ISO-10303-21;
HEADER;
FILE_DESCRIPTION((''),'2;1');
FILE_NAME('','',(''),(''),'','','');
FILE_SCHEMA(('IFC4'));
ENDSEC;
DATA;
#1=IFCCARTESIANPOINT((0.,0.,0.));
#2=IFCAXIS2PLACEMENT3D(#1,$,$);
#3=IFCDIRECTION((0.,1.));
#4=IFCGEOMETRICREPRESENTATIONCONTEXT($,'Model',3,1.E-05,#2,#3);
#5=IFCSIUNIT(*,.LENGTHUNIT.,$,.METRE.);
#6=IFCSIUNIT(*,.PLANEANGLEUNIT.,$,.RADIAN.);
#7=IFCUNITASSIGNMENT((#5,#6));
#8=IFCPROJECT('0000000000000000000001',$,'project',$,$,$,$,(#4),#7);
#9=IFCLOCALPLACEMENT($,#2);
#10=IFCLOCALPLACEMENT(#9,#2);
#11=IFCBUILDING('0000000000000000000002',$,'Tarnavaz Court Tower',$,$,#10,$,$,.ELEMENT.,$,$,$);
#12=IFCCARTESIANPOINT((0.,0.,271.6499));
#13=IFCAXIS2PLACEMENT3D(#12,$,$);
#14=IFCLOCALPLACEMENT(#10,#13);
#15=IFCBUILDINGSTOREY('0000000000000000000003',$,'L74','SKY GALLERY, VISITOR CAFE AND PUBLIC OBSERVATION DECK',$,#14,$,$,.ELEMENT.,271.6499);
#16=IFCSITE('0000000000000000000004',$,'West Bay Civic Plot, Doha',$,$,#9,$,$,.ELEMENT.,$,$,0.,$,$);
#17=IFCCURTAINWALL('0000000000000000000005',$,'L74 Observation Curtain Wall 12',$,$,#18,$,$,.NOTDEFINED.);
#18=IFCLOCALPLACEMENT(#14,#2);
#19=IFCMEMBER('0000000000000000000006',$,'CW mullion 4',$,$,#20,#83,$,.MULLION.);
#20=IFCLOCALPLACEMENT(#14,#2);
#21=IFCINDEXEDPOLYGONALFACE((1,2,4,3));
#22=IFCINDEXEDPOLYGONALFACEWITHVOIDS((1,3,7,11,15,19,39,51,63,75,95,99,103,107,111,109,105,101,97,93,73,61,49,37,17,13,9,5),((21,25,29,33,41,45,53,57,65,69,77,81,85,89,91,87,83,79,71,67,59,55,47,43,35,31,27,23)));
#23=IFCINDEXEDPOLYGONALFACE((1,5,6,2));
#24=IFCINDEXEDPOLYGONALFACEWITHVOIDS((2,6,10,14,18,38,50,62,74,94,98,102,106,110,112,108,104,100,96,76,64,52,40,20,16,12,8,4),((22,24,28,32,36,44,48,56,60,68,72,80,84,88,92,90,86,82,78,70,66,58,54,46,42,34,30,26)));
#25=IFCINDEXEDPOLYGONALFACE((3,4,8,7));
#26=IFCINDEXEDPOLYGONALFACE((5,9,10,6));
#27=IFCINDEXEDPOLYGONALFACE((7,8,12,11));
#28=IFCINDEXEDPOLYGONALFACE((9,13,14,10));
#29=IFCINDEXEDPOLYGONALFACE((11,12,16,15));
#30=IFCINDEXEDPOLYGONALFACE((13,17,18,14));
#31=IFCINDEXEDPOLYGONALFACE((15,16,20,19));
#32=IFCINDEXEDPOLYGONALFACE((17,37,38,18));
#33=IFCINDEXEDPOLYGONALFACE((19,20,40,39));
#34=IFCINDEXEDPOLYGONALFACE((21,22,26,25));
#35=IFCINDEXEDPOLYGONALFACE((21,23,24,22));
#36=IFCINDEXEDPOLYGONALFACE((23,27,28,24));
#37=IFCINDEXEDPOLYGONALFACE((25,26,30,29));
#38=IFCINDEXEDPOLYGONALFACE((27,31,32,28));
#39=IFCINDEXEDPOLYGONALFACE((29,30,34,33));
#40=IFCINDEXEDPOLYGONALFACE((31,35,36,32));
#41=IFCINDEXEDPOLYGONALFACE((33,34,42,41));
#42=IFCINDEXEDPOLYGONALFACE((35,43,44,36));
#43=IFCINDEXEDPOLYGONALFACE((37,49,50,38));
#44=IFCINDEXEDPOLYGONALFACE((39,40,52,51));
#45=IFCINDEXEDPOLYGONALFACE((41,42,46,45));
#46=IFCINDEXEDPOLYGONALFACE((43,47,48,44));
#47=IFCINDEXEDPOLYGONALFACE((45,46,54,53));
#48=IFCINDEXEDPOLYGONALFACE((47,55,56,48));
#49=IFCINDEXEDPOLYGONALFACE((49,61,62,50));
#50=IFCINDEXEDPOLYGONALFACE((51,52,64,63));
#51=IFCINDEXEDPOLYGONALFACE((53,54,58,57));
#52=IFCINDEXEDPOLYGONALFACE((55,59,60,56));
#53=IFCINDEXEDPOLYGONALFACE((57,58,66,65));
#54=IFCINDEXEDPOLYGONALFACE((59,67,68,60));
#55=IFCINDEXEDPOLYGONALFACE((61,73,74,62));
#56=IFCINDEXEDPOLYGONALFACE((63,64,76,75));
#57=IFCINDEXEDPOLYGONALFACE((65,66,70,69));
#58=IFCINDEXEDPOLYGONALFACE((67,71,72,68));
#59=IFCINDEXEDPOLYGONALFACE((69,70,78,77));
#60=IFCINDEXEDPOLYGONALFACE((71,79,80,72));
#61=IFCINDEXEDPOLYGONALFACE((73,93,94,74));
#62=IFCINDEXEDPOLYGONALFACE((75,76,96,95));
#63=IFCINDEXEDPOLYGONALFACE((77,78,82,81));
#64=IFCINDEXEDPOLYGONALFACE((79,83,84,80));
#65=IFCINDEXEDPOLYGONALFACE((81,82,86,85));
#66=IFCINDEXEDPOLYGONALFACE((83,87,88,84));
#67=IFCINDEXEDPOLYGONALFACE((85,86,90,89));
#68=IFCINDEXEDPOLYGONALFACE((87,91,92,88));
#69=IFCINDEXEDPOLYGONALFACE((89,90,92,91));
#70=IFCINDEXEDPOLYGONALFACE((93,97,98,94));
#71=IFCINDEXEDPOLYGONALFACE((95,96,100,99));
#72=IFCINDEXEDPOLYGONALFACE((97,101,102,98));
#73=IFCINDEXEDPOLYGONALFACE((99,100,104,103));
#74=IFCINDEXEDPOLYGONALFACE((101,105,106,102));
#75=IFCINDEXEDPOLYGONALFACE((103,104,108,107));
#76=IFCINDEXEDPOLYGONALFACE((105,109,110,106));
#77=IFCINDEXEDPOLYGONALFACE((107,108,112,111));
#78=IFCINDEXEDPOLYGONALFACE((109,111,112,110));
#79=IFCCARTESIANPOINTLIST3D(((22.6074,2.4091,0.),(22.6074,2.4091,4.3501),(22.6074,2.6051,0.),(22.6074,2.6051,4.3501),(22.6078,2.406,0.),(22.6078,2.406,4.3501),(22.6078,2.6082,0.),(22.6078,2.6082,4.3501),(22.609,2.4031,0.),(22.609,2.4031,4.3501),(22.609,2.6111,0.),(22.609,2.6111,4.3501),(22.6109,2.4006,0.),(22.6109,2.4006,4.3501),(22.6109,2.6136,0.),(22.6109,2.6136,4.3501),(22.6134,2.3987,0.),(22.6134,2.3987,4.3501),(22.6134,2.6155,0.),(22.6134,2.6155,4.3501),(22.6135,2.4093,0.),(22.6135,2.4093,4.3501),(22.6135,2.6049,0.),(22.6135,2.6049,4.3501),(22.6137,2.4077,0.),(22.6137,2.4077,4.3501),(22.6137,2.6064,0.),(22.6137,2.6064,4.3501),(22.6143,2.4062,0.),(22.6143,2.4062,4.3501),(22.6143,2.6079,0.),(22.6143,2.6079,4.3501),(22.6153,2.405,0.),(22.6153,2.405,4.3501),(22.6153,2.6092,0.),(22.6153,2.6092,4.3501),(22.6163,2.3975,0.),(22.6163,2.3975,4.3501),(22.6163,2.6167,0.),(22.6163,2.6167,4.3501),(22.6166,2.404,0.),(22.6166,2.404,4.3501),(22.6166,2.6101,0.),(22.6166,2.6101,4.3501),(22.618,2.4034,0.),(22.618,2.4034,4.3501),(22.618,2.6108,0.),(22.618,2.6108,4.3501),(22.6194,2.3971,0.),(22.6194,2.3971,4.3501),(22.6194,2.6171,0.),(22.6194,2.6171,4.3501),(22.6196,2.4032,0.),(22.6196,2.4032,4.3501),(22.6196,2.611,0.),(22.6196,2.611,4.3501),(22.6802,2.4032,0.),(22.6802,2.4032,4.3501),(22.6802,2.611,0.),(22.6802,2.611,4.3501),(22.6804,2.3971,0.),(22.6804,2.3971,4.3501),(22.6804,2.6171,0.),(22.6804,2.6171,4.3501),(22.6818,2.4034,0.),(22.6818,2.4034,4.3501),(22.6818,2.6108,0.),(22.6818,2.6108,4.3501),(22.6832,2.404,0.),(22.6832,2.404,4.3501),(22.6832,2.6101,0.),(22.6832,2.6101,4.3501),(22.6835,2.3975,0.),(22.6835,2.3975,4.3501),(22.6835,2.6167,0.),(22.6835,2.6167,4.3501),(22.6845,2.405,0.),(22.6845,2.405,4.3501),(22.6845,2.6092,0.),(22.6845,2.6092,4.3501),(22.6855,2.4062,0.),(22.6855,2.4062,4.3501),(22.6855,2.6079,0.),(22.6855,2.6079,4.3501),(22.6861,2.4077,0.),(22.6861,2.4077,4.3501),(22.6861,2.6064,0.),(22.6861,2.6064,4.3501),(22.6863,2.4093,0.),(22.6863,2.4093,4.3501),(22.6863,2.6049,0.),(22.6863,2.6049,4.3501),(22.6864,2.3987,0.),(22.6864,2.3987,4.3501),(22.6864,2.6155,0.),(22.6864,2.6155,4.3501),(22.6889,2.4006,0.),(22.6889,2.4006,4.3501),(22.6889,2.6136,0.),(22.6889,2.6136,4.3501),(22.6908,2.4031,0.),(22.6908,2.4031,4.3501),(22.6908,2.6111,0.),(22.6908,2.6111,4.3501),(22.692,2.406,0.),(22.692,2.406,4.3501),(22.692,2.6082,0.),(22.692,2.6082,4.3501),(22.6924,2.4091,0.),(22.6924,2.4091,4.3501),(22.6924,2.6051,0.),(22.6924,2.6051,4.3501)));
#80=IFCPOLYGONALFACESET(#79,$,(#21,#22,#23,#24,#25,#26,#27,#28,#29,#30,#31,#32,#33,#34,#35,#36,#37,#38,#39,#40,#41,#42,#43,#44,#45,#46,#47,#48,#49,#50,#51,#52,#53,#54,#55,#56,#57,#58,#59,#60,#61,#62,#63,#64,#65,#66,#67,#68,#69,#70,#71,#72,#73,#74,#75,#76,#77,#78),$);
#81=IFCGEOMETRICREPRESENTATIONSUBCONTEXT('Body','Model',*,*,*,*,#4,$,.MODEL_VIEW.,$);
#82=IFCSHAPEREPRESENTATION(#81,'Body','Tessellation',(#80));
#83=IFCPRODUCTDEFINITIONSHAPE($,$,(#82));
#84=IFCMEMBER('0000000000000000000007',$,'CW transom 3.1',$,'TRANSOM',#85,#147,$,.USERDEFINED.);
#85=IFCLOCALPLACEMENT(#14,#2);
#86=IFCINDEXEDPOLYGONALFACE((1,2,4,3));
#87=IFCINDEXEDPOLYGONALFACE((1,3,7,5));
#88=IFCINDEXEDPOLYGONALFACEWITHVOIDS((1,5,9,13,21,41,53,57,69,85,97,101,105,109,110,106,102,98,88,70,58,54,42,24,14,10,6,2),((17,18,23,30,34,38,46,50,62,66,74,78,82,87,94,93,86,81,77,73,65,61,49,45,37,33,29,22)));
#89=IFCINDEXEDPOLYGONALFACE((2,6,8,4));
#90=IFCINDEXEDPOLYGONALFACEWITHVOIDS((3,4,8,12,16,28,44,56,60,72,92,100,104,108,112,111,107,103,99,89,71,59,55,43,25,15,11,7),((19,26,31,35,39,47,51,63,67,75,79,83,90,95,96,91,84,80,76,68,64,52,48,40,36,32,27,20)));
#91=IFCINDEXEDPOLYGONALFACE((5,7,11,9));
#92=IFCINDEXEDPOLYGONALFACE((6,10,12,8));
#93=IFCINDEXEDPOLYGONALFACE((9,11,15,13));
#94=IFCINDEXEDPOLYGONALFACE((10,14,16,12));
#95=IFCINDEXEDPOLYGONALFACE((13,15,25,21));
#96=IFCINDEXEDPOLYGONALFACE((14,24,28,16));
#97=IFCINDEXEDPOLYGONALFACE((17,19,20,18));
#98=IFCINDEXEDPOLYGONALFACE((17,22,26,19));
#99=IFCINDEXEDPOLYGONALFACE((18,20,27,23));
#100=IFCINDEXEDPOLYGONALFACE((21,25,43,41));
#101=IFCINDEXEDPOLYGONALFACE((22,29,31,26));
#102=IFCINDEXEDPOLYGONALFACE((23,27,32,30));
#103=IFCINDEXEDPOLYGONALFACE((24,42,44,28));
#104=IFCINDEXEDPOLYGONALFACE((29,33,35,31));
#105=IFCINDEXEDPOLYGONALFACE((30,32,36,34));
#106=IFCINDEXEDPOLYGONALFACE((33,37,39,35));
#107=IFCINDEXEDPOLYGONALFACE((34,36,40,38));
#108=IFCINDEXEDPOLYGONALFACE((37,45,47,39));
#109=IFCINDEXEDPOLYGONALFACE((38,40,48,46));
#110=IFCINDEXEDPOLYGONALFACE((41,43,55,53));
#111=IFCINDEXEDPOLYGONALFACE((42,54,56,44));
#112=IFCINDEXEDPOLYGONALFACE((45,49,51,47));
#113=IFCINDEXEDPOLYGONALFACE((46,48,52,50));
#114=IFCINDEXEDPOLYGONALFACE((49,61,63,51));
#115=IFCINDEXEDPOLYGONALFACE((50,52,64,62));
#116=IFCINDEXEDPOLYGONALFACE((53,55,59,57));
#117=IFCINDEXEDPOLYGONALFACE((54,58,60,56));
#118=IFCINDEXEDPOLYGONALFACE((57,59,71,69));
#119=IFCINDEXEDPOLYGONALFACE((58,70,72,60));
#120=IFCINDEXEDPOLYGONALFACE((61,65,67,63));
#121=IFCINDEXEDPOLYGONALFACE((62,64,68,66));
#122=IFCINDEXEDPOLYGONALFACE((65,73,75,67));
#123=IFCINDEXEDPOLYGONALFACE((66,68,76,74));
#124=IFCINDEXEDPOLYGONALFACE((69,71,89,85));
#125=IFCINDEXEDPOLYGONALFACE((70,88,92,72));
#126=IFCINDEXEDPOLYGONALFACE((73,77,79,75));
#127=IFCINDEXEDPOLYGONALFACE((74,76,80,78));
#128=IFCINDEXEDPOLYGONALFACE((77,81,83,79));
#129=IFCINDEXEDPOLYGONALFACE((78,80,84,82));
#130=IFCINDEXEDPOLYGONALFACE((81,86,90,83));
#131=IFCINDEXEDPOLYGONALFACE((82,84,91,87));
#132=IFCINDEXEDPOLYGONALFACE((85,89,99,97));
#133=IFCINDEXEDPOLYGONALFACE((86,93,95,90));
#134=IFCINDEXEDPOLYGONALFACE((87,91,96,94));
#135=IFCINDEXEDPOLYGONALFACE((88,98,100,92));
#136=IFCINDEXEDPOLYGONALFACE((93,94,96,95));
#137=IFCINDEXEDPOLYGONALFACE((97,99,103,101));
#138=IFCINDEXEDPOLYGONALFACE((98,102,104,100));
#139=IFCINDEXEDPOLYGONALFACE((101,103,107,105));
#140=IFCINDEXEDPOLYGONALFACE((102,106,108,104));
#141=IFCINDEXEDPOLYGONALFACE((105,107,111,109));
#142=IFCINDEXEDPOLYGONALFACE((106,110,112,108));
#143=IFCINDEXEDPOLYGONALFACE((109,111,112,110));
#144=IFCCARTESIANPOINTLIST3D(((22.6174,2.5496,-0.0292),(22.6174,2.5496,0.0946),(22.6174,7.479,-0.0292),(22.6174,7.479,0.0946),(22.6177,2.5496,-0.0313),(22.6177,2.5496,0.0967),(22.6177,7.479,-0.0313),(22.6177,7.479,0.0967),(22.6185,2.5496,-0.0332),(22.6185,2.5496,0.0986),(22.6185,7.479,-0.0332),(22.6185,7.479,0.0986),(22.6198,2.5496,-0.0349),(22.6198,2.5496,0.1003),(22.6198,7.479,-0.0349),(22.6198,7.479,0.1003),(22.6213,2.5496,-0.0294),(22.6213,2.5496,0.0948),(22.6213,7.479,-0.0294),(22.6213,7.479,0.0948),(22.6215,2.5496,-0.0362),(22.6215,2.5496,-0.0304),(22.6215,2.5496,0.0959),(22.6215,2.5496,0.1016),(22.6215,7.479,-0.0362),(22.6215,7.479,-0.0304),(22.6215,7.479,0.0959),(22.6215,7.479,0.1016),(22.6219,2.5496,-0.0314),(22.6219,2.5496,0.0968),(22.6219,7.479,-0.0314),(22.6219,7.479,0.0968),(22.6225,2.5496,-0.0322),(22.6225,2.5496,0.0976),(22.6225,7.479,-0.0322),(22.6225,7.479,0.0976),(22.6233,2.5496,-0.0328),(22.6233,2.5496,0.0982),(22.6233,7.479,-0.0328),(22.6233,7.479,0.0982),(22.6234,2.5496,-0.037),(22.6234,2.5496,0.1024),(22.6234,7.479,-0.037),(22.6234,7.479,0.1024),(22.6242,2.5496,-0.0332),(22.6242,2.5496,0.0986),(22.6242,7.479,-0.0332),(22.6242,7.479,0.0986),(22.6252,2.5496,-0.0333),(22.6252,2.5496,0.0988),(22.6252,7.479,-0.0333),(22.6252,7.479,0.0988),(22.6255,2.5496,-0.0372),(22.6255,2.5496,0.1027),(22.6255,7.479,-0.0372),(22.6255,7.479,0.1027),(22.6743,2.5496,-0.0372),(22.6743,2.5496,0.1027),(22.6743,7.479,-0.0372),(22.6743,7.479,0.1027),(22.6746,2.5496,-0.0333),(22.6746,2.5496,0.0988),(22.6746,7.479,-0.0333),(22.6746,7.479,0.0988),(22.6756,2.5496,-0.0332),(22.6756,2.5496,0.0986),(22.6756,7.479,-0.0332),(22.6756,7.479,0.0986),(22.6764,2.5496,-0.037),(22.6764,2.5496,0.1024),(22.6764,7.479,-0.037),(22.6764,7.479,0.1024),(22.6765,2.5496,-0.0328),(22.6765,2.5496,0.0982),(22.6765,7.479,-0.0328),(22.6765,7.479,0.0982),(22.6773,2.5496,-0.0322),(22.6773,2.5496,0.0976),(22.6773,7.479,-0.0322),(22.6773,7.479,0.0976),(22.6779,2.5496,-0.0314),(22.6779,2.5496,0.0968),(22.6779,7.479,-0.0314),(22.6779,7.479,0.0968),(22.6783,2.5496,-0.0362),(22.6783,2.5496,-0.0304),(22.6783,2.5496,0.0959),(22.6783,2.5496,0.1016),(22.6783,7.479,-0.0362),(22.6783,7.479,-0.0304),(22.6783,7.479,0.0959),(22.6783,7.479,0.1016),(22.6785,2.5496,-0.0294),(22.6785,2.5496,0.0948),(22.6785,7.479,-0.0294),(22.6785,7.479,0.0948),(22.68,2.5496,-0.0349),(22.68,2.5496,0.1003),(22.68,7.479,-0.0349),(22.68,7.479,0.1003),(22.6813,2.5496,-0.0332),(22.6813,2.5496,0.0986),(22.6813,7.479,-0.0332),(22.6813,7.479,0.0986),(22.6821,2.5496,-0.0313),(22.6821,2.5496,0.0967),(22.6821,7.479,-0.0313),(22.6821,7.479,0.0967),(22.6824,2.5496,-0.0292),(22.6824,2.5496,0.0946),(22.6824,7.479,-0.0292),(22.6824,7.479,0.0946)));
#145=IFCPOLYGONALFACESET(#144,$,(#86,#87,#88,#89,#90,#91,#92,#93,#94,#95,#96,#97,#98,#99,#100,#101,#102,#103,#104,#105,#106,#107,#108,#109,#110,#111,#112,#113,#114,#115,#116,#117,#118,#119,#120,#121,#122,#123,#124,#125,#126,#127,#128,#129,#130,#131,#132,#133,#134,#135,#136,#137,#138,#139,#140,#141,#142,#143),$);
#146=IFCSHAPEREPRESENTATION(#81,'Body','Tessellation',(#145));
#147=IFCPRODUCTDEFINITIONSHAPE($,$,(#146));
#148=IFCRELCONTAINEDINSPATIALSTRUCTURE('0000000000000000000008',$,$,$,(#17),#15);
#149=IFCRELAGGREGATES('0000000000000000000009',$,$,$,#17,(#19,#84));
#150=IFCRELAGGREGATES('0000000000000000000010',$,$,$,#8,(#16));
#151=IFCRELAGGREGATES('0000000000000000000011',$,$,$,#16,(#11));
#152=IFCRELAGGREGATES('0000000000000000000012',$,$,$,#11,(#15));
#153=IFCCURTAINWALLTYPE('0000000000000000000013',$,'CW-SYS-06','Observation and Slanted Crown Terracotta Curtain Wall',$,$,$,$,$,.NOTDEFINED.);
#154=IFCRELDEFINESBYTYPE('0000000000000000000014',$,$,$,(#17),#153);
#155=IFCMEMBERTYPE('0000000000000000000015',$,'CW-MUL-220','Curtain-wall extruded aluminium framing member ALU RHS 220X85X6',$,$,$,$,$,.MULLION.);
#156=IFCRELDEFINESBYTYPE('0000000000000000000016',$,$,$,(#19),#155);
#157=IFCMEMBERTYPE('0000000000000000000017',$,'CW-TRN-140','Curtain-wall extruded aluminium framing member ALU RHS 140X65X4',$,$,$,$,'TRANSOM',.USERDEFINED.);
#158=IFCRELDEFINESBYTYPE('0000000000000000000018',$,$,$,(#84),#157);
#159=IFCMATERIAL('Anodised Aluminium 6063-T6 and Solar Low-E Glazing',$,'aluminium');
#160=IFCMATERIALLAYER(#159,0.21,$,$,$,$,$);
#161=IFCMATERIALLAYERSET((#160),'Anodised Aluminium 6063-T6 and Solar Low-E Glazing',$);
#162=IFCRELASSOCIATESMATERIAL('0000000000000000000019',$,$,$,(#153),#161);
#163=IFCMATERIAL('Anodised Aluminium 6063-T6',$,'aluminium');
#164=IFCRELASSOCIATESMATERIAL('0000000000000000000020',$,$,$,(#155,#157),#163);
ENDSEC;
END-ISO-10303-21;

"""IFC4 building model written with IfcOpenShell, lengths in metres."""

from ifc_helpers import new_model, si_unit, direction, frame, origin, origin_2d, place, context, subcontext, project, spatial, hollow_rectangle, extrude, material, layer, layer_set, material_profile, profile_set, type_object, element, aggregate, save


model = new_model("IFC4")

# Units and contexts
model_context = context("Model", 3, precision=1e-05, world=origin(), true_north=direction((0.0, 1.0)))
body_context = subcontext(model_context, "Body", "Model", "MODEL_VIEW")
ifc_project = project(units=[si_unit("LENGTHUNIT", "METRE"), si_unit("PLANEANGLEUNIT", "RADIAN")], contexts=[model_context])

# Site, building, storey
site_placement = place(None, origin())
site = spatial("IfcSite", under=ifc_project, at=site_placement, Name="West Bay Civic Plot, Doha", CompositionType="ELEMENT", RefElevation=0.0)
building_placement = place(site_placement, origin())
building = spatial("IfcBuilding", under=site, at=building_placement, Name="Tarnavaz Court Tower", CompositionType="ELEMENT")
storey_placement = place(building_placement, frame((0.0, 0.0, 271.6499)))
storey = spatial("IfcBuildingStorey", under=building, at=storey_placement, Name="L74", Description="SKY GALLERY, VISITOR CAFE AND PUBLIC OBSERVATION DECK", CompositionType="ELEMENT", Elevation=271.6499)

# Curtain wall, members
ifc_material_1 = material(Name="Anodised Aluminium 6063-T6 and Solar Low-E Glazing", Category="aluminium")
ifc_layer_1 = layer(ifc_material_1, 0.21)
ifc_layer_set_1 = layer_set([ifc_layer_1], Name="Anodised Aluminium 6063-T6 and Solar Low-E Glazing")
curtain_wall_type = type_object("IfcCurtainWallType", Name="CW-SYS-06", Description="Observation and Slanted Crown Terracotta Curtain Wall", PredefinedType="NOTDEFINED", material=ifc_layer_set_1)
curtain_wall_placement = place(storey_placement, origin())
curtain_wall = element("IfcCurtainWall", 1, at=curtain_wall_placement, inside=storey, type_object=curtain_wall_type, Name="L74 Observation Curtain Wall 12", PredefinedType="NOTDEFINED")
ifc_material_2 = material(Name="Anodised Aluminium 6063-T6", Category="aluminium")
ifc_material_profile_1 = material_profile(ifc_material_2, hollow_rectangle(XDim=0.085, YDim=0.22, WallThickness=0.0061, InnerFilletRadius=0.0061, OuterFilletRadius=0.012, at=origin_2d()), Name="ALU RHS 220X85X6")
ifc_profile_set_1 = profile_set([ifc_material_profile_1], Name="Anodised Aluminium 6063-T6")
member_type_1 = type_object("IfcMemberType", Name="CW-MUL-220", Description="Curtain-wall extruded aluminium framing member ALU RHS 220X85X6", PredefinedType="MULLION", material=ifc_profile_set_1)
member_1_placement = place(storey_placement, frame((22.6499, 2.5071, 0.0), z_axis=(0.0, 0.0, 1.0), x_axis=(1.0, 0.0, 0.0)))
member_1 = element("IfcMember", 2, at=member_1_placement, type_object=member_type_1, Name="CW mullion 4", PredefinedType="MULLION", context=body_context, shape_type="SweptSolid", body=[
    extrude(hollow_rectangle(XDim=0.085, YDim=0.22, WallThickness=0.0061, InnerFilletRadius=0.0061, OuterFilletRadius=0.012, at=origin_2d()), origin(), (0.0, 0.0, 1.0), 4.3501),
])
ifc_material_profile_2 = material_profile(ifc_material_2, hollow_rectangle(XDim=0.0649, YDim=0.1399, WallThickness=0.0039, InnerFilletRadius=0.0039, OuterFilletRadius=0.0081, at=origin_2d()), Name="ALU RHS 140X65X4")
ifc_profile_set_2 = profile_set([ifc_material_profile_2], Name="Anodised Aluminium 6063-T6")
member_type_2 = type_object("IfcMemberType", Name="CW-TRN-140", Description="Curtain-wall extruded aluminium framing member ALU RHS 140X65X4", ElementType="TRANSOM", PredefinedType="USERDEFINED", material=ifc_profile_set_2)
member_2_placement = place(storey_placement, frame((22.6499, 7.479, 0.0327), z_axis=(0.0, -1.0, 0.0), x_axis=(1.0, 0.0, 0.0)))
member_2 = element("IfcMember", 3, at=member_2_placement, type_object=member_type_2, Name="CW transom 3.1", ObjectType="TRANSOM", PredefinedType="USERDEFINED", context=body_context, shape_type="SweptSolid", body=[
    extrude(hollow_rectangle(XDim=0.0649, YDim=0.1399, WallThickness=0.0039, InnerFilletRadius=0.0039, OuterFilletRadius=0.0081, at=origin_2d()), origin(), (0.0, 0.0, 1.0), 4.9294),
])
aggregate(curtain_wall, [member_1, member_2])

save(model, "model.ifc")
